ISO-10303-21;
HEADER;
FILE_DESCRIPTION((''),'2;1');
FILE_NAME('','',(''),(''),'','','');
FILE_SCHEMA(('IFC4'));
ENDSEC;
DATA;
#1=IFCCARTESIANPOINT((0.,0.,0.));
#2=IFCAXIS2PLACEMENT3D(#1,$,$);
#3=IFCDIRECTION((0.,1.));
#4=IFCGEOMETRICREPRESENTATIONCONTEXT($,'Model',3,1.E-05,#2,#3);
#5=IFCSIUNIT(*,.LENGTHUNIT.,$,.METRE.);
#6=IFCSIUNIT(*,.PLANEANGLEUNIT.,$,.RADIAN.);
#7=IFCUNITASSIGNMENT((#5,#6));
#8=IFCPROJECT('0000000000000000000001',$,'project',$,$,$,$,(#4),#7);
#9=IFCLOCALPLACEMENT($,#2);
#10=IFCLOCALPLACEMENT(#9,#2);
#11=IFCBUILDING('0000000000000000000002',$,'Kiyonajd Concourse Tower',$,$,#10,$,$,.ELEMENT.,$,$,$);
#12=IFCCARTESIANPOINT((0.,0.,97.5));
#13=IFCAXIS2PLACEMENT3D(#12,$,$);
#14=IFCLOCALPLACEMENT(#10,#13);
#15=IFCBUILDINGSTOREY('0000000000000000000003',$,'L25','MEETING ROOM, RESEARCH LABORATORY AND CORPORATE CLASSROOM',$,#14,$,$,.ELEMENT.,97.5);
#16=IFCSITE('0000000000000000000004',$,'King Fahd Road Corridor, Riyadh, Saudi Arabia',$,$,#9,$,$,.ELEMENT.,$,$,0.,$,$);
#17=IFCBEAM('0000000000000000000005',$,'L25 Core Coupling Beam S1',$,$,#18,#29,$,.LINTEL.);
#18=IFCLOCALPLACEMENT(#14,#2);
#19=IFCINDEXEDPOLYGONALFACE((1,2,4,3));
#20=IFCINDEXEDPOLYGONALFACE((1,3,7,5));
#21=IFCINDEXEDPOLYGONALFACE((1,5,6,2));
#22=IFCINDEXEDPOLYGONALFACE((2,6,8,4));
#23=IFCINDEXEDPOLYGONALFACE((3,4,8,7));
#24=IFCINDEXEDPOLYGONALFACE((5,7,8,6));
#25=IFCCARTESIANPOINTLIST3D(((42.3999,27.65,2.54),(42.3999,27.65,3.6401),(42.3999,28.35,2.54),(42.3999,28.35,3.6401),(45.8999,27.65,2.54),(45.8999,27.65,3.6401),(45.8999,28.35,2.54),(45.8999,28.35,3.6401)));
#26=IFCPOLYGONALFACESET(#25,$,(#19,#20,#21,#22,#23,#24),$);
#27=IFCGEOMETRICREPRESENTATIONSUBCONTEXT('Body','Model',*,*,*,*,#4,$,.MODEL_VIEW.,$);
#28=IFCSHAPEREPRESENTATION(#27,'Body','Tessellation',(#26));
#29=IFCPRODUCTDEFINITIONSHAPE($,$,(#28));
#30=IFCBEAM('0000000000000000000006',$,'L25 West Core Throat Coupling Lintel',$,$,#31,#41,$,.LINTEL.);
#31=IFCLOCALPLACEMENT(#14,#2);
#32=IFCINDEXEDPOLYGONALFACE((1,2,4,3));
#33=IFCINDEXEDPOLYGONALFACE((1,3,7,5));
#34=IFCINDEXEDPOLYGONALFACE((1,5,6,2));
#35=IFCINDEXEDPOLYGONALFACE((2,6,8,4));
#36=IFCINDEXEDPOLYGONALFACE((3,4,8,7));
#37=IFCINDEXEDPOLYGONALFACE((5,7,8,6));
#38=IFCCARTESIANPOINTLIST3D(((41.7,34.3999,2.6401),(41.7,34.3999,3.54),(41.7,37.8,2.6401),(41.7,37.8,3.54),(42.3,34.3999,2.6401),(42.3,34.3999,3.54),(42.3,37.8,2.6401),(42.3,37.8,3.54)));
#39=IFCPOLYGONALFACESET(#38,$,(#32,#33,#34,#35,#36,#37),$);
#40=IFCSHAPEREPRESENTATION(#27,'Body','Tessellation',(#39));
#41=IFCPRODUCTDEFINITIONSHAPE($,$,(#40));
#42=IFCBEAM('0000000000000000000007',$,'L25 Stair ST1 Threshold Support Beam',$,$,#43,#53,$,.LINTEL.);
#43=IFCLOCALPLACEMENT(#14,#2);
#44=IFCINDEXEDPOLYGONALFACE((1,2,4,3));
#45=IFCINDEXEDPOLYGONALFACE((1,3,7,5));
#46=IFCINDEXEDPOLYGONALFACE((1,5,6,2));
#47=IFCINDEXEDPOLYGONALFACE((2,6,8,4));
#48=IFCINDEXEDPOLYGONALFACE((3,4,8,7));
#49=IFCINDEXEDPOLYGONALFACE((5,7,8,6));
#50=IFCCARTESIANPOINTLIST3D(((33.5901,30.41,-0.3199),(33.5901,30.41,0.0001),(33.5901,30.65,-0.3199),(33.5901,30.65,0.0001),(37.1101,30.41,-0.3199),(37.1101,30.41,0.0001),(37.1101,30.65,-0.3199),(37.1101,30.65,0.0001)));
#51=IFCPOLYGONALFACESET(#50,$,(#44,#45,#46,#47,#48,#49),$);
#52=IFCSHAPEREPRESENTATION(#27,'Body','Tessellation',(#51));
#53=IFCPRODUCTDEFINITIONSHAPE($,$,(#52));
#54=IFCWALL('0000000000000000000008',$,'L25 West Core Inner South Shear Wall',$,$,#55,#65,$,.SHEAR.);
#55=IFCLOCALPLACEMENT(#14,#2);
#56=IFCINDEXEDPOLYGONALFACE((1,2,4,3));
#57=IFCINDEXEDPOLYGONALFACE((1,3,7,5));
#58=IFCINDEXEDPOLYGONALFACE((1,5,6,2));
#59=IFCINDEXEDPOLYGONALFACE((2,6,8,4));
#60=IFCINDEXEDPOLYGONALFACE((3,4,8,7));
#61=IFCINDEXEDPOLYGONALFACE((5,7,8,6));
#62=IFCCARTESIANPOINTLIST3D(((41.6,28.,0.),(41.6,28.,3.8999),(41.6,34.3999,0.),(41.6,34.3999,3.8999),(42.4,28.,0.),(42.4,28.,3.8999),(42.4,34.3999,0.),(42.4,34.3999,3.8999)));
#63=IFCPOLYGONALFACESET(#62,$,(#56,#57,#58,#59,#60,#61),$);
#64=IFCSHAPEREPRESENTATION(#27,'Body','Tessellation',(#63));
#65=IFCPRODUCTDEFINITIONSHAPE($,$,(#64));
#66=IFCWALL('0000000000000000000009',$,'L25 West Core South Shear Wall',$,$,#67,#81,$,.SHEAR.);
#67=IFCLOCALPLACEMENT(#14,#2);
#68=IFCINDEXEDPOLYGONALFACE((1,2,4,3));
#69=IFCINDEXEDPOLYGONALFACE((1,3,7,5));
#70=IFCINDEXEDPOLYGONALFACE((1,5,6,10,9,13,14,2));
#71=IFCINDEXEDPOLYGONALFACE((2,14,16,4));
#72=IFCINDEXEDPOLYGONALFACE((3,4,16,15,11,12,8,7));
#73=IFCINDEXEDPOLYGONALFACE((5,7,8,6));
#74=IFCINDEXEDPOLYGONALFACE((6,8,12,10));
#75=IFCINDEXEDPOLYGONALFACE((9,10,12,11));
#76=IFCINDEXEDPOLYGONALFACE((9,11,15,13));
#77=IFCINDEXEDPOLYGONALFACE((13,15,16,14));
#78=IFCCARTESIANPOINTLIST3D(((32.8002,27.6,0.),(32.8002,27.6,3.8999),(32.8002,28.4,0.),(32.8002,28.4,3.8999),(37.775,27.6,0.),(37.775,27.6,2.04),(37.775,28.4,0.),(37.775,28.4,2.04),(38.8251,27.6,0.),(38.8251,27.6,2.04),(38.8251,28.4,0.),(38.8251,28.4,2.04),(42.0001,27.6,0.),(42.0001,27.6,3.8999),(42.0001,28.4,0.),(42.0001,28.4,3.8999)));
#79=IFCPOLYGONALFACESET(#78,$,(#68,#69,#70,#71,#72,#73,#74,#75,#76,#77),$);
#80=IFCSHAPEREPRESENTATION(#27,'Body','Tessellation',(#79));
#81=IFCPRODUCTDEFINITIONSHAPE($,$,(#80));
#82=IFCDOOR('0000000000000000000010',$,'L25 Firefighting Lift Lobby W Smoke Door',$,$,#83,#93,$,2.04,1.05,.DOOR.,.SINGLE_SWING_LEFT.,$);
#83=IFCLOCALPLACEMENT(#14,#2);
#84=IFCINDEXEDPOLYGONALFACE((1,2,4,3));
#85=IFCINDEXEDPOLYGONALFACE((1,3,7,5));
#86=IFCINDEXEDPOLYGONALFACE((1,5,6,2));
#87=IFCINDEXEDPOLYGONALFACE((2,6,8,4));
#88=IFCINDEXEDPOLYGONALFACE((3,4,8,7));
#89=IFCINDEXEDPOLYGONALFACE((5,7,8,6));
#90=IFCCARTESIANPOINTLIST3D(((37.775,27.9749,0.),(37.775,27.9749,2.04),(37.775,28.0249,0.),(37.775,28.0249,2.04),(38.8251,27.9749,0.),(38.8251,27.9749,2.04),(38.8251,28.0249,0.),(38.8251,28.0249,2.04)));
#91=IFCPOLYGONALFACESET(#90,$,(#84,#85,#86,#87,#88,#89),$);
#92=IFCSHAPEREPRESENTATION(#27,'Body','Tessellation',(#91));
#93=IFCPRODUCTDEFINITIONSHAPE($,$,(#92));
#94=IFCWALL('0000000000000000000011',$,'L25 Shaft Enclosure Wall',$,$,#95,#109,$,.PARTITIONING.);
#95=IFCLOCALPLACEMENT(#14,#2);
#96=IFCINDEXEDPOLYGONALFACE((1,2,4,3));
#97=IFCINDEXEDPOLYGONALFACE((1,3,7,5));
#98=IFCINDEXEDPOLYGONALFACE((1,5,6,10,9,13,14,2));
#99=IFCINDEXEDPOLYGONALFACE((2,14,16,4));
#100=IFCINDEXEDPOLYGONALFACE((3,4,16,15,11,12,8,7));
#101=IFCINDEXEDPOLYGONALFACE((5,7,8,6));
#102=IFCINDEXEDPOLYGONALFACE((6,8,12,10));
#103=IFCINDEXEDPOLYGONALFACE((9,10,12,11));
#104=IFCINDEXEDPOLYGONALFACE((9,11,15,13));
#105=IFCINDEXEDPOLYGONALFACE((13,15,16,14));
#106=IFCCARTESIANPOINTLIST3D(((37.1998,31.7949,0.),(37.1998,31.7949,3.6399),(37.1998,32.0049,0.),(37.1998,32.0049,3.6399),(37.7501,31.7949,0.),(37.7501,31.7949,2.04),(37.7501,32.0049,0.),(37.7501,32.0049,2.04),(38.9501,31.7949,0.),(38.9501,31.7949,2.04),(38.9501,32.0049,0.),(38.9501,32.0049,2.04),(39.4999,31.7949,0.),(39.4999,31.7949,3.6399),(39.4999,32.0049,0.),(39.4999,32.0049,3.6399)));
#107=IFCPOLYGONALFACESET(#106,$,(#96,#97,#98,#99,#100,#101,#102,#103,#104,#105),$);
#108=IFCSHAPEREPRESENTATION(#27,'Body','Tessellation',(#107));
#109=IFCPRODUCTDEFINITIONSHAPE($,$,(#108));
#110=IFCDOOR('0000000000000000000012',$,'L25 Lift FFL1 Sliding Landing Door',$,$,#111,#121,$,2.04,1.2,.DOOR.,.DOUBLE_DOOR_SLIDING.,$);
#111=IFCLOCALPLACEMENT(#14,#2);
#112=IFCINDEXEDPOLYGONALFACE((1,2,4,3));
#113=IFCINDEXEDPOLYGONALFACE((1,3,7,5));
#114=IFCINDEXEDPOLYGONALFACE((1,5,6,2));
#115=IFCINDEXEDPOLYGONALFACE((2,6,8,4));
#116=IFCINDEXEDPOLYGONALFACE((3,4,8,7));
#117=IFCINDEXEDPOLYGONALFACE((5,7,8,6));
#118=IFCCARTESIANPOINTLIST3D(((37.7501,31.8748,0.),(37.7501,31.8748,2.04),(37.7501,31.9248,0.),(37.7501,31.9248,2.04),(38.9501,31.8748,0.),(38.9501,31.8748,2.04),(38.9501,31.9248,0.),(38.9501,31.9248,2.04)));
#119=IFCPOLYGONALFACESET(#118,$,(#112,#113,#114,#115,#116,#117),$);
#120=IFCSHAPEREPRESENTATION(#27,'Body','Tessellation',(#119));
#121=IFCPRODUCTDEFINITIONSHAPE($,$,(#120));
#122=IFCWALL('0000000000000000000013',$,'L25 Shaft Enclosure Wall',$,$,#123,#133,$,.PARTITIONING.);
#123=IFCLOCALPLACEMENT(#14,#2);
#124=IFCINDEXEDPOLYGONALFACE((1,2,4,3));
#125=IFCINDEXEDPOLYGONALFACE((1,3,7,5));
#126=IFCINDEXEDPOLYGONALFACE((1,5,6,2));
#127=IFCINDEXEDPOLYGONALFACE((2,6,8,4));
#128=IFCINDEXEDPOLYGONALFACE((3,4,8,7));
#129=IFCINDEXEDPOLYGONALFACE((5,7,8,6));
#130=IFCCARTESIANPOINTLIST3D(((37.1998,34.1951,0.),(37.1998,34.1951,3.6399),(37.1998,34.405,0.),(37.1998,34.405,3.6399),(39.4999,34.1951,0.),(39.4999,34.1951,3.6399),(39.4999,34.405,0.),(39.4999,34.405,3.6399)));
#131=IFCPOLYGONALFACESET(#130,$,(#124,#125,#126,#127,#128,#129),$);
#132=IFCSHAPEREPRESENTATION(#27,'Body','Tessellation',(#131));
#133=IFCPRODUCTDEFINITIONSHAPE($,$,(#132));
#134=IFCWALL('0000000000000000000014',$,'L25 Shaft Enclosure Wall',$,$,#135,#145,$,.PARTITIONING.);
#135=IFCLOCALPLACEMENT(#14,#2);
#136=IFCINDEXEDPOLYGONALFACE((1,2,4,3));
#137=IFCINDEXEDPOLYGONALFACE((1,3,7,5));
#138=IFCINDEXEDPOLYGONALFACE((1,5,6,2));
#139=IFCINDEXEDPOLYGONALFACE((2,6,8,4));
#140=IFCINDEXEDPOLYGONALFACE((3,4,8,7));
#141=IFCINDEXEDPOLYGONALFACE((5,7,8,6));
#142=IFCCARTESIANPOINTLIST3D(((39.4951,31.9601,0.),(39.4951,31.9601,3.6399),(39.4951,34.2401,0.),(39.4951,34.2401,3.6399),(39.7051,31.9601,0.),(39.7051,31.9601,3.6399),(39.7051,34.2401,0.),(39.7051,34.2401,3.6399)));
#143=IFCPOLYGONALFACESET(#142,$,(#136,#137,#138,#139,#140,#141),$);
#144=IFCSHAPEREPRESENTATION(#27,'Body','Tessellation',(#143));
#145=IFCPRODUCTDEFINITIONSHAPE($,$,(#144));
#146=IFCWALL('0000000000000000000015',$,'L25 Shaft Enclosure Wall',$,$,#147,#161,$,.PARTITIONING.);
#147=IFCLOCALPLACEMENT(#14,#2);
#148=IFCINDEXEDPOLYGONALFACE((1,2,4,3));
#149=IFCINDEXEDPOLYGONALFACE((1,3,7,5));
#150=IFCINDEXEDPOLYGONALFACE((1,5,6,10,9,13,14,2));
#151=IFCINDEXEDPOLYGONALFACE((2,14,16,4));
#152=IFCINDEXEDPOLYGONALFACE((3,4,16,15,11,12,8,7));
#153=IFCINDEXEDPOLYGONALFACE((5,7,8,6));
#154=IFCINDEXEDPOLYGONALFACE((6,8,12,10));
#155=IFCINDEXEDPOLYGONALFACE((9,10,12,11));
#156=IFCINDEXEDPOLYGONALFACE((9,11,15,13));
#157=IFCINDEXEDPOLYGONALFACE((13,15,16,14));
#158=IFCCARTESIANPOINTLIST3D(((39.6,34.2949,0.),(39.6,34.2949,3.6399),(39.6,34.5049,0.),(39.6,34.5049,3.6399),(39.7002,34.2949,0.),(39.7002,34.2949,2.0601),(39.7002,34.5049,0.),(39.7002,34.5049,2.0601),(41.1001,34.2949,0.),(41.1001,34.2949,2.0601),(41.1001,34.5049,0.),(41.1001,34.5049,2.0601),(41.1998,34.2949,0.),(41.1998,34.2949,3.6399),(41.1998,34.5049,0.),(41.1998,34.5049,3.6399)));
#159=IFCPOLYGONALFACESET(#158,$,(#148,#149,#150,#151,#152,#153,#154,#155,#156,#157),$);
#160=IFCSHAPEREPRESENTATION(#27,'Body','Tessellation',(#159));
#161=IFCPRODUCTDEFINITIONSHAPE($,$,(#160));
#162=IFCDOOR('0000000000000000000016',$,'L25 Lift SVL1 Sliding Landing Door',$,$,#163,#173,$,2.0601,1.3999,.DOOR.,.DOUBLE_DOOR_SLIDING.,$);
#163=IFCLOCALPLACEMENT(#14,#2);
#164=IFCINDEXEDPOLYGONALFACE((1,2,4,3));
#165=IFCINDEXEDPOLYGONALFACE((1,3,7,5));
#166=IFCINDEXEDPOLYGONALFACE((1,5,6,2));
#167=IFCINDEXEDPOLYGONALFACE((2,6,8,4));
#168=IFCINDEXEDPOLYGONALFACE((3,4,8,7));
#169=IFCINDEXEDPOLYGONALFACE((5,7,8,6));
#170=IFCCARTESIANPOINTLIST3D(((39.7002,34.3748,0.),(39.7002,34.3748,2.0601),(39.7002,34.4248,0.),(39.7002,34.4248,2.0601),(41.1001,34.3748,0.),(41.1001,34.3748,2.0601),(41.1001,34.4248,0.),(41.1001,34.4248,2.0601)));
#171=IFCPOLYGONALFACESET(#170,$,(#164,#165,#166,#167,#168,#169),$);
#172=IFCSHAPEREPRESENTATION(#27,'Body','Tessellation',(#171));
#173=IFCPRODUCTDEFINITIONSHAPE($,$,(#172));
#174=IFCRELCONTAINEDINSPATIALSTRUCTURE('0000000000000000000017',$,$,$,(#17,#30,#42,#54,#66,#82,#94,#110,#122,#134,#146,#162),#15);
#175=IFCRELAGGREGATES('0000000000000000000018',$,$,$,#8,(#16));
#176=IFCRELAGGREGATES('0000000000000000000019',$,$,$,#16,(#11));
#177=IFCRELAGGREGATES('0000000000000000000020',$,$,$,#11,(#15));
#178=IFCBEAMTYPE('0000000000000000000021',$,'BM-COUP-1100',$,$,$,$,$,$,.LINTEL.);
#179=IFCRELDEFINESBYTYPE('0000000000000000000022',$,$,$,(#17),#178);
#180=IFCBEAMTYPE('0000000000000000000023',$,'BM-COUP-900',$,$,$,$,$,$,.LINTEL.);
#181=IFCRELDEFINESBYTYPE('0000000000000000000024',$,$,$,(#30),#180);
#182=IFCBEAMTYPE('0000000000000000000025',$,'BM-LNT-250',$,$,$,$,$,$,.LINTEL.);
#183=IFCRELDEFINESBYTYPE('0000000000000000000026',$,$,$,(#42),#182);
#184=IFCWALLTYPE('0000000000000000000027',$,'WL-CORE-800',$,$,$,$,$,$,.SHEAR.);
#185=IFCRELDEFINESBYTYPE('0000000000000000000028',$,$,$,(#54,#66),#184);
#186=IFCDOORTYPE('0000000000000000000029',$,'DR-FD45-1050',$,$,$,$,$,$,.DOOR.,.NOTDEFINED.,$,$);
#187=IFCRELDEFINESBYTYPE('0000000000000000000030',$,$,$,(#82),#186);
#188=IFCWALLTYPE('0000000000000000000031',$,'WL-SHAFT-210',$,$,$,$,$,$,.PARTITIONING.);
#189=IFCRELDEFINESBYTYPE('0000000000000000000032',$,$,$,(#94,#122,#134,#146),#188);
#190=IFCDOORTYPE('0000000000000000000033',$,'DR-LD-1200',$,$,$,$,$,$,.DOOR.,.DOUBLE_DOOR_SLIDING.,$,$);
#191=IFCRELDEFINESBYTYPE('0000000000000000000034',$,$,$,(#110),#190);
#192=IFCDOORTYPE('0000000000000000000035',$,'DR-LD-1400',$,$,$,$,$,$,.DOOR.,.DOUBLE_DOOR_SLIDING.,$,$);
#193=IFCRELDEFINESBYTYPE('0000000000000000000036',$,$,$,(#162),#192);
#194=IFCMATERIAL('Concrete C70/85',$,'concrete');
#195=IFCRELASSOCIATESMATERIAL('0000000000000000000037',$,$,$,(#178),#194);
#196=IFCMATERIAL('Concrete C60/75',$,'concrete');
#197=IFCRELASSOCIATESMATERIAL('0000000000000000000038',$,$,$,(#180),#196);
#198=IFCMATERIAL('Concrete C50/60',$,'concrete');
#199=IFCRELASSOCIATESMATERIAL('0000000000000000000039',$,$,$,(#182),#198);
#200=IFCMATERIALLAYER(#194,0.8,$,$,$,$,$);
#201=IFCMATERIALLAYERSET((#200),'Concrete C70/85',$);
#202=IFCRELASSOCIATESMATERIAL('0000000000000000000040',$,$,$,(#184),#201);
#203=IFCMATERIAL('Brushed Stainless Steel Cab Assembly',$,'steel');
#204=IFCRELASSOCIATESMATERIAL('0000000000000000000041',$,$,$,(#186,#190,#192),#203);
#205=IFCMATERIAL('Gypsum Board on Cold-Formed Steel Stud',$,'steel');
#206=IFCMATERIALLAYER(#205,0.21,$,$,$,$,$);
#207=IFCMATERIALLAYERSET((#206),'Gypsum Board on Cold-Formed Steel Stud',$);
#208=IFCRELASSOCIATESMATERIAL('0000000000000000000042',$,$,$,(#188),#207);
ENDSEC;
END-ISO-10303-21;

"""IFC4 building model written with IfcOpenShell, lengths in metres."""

from ifc_helpers import new_model, si_unit, direction, frame, frame_2d, origin, origin_2d, place, context, subcontext, project, spatial, rectangle, extrude, material, layer, layer_set, material_profile, profile_set, type_object, element, fill, save


model = new_model("IFC4")

# Units and contexts
model_context = context("Model", 3, precision=1e-05, world=origin(), true_north=direction((0.0, 1.0)))
body_context = subcontext(model_context, "Body", "Model", "MODEL_VIEW")
ifc_project = project(units=[si_unit("LENGTHUNIT", "METRE"), si_unit("PLANEANGLEUNIT", "RADIAN")], contexts=[model_context])

# Site, building, storey
site_placement = place(None, origin())
site = spatial("IfcSite", under=ifc_project, at=site_placement, Name="King Fahd Road Corridor, Riyadh, Saudi Arabia", CompositionType="ELEMENT", RefElevation=0.0)
building_placement = place(site_placement, origin())
building = spatial("IfcBuilding", under=site, at=building_placement, Name="Kiyonajd Concourse Tower", CompositionType="ELEMENT")
storey_placement = place(building_placement, frame((0.0, 0.0, 97.5)))
storey = spatial("IfcBuildingStorey", under=building, at=storey_placement, Name="L25", Description="MEETING ROOM, RESEARCH LABORATORY AND CORPORATE CLASSROOM", CompositionType="ELEMENT", Elevation=97.5)

# Beams
ifc_material_1 = material(Name="Concrete C70/85", Category="concrete")
ifc_material_profile_1 = material_profile(ifc_material_1, rectangle(XDim=0.7, YDim=1.1001, at=origin_2d()), Name="RCBM-700x1100")
ifc_profile_set_1 = profile_set([ifc_material_profile_1], Name="Concrete C70/85")
beam_type_1 = type_object("IfcBeamType", Name="BM-COUP-1100", PredefinedType="LINTEL", material=ifc_profile_set_1)
beam_1_placement = place(storey_placement, frame((42.3999, 28.0, 3.0901), z_axis=(1.0, 0.0, 0.0), x_axis=(0.0, 1.0, 0.0)))
element("IfcBeam", 1, at=beam_1_placement, inside=storey, type_object=beam_type_1, Name="L25 Core Coupling Beam S1", PredefinedType="LINTEL", context=body_context, shape_type="SweptSolid", body=[
    extrude(rectangle(XDim=0.7, YDim=1.1001, at=origin_2d()), origin(), (0.0, 0.0, 1.0), 3.5),
])
ifc_material_2 = material(Name="Concrete C60/75", Category="concrete")
ifc_material_profile_2 = material_profile(ifc_material_2, rectangle(XDim=0.6001, YDim=0.8999, at=origin_2d()), Name="RCBM-600x900")
ifc_profile_set_2 = profile_set([ifc_material_profile_2], Name="Concrete C60/75")
beam_type_2 = type_object("IfcBeamType", Name="BM-COUP-900", PredefinedType="LINTEL", material=ifc_profile_set_2)
beam_2_placement = place(storey_placement, frame((42.0, 34.3999, 3.0901), z_axis=(0.0, 1.0, 0.0), x_axis=(-1.0, 0.0, 0.0)))
element("IfcBeam", 2, at=beam_2_placement, inside=storey, type_object=beam_type_2, Name="L25 West Core Throat Coupling Lintel", PredefinedType="LINTEL", context=body_context, shape_type="SweptSolid", body=[
    extrude(rectangle(XDim=0.6001, YDim=0.8999, at=origin_2d()), origin(), (0.0, 0.0, 1.0), 3.4001),
])
ifc_material_3 = material(Name="Concrete C50/60", Category="concrete")
ifc_material_profile_3 = material_profile(ifc_material_3, rectangle(XDim=0.24, YDim=0.3201, at=origin_2d()), Name="RCBM-240x320")
ifc_profile_set_3 = profile_set([ifc_material_profile_3], Name="Concrete C50/60")
beam_type_3 = type_object("IfcBeamType", Name="BM-LNT-250", PredefinedType="LINTEL", material=ifc_profile_set_3)
beam_3_placement = place(storey_placement, frame((33.5901, 30.53, -0.1599), z_axis=(1.0, 0.0, 0.0), x_axis=(0.0, 1.0, 0.0)))
element("IfcBeam", 3, at=beam_3_placement, inside=storey, type_object=beam_type_3, Name="L25 Stair ST1 Threshold Support Beam", PredefinedType="LINTEL", context=body_context, shape_type="SweptSolid", body=[
    extrude(rectangle(XDim=0.24, YDim=0.3201, at=origin_2d()), origin(), (0.0, 0.0, 1.0), 3.52),
])

# Wall
ifc_layer_1 = layer(ifc_material_1, 0.8)
ifc_layer_set_1 = layer_set([ifc_layer_1], Name="Concrete C70/85")
wall_type_1 = type_object("IfcWallType", Name="WL-CORE-800", PredefinedType="SHEAR", material=ifc_layer_set_1)
wall_1_placement = place(storey_placement, frame((42.0, 28.0, 0.0), z_axis=(0.0, 0.0, 1.0), x_axis=(0.0, 1.0, 0.0)))
element("IfcWall", 4, at=wall_1_placement, inside=storey, type_object=wall_type_1, Name="L25 West Core Inner South Shear Wall", PredefinedType="SHEAR", context=body_context, shape_type="SweptSolid", body=[
    extrude(rectangle(XDim=6.3999, YDim=0.8, at=frame_2d((3.2, 0.0))), origin(), (0.0, 0.0, 1.0), 3.8999),
])

# Walls, openings, doors
wall_2_placement = place(storey_placement, frame((32.8, 28.0, 0.0), z_axis=(0.0, 0.0, 1.0), x_axis=(1.0, 0.0, 0.0)))
wall_2 = element("IfcWall", 5, at=wall_2_placement, inside=storey, type_object=wall_type_1, Name="L25 West Core South Shear Wall", PredefinedType="SHEAR", context=body_context, shape_type="SweptSolid", body=[
    extrude(rectangle(XDim=9.2, YDim=0.8, at=frame_2d((4.6001, 0.0))), origin(), (0.0, 0.0, 1.0), 3.8999),
])
opening_1_placement = place(wall_2_placement, frame((4.9751, 0.0, 0.0)))
opening_1 = element("IfcOpeningElement", 6, at=opening_1_placement, cuts=wall_2, PredefinedType="OPENING", context=body_context, shape_type="SweptSolid", body=[
    extrude(rectangle(XDim=1.05, YDim=2.04, at=frame_2d((0.5249, 1.02))), frame((0.0, 0.4099, 0.0), z_axis=(0.0, -1.0, 0.0), x_axis=(1.0, 0.0, 0.0)), (0.0, 0.0, 1.0), 0.8201),
])
ifc_material_4 = material(Name="Brushed Stainless Steel Cab Assembly", Category="steel")
door_type_1 = type_object("IfcDoorType", Name="DR-FD45-1050", OperationType="NOTDEFINED", PredefinedType="DOOR", material=ifc_material_4)
door_1_placement = place(opening_1_placement, origin())
door_1 = element("IfcDoor", 7, at=door_1_placement, inside=storey, type_object=door_type_1, Name="L25 Firefighting Lift Lobby W Smoke Door", OperationType="SINGLE_SWING_LEFT", OverallHeight=2.04, OverallWidth=1.05, PredefinedType="DOOR", context=body_context, shape_type="SweptSolid", body=[
    extrude(rectangle(XDim=1.05, YDim=2.04, at=frame_2d((0.5249, 1.02))), frame((0.0, 0.0249, 0.0), z_axis=(0.0, -1.0, 0.0), x_axis=(1.0, 0.0, 0.0)), (0.0, 0.0, 1.0), 0.05),
])
fill(opening_1, door_1)
ifc_material_5 = material(Name="Gypsum Board on Cold-Formed Steel Stud", Category="steel")
ifc_layer_2 = layer(ifc_material_5, 0.21)
ifc_layer_set_2 = layer_set([ifc_layer_2], Name="Gypsum Board on Cold-Formed Steel Stud")
wall_type_2 = type_object("IfcWallType", Name="WL-SHAFT-210", PredefinedType="PARTITIONING", material=ifc_layer_set_2)
wall_3_placement = place(storey_placement, frame((37.2, 31.8999, 0.0), z_axis=(0.0, 0.0, 1.0), x_axis=(1.0, 0.0, 0.0)))
wall_3 = element("IfcWall", 8, at=wall_3_placement, inside=storey, type_object=wall_type_2, Name="L25 Shaft Enclosure Wall", PredefinedType="PARTITIONING", context=body_context, shape_type="SweptSolid", body=[
    extrude(rectangle(XDim=2.3, YDim=0.21, at=frame_2d((1.1499, 0.0))), origin(), (0.0, 0.0, 1.0), 3.6399),
])
opening_2_placement = place(wall_3_placement, frame((0.55, 0.0, 0.0)))
opening_2 = element("IfcOpeningElement", 9, at=opening_2_placement, cuts=wall_3, PredefinedType="OPENING", context=body_context, shape_type="SweptSolid", body=[
    extrude(rectangle(XDim=1.2, YDim=2.04, at=frame_2d((0.6001, 1.02))), frame((0.0, 0.115, 0.0), z_axis=(0.0, -1.0, 0.0), x_axis=(1.0, 0.0, 0.0)), (0.0, 0.0, 1.0), 0.23),
])
door_type_2 = type_object("IfcDoorType", Name="DR-LD-1200", OperationType="DOUBLE_DOOR_SLIDING", PredefinedType="DOOR", material=ifc_material_4)
door_2_placement = place(opening_2_placement, origin())
door_2 = element("IfcDoor", 10, at=door_2_placement, inside=storey, type_object=door_type_2, Name="L25 Lift FFL1 Sliding Landing Door", OperationType="DOUBLE_DOOR_SLIDING", OverallHeight=2.04, OverallWidth=1.2, PredefinedType="DOOR", context=body_context, shape_type="SweptSolid", body=[
    extrude(rectangle(XDim=1.2, YDim=2.04, at=frame_2d((0.6001, 1.02))), frame((0.0, 0.0249, 0.0), z_axis=(0.0, -1.0, 0.0), x_axis=(1.0, 0.0, 0.0)), (0.0, 0.0, 1.0), 0.05),
])
fill(opening_2, door_2)

# Walls
wall_4_placement = place(storey_placement, frame((37.2, 34.3, 0.0), z_axis=(0.0, 0.0, 1.0), x_axis=(1.0, 0.0, 0.0)))
element("IfcWall", 11, at=wall_4_placement, inside=storey, type_object=wall_type_2, Name="L25 Shaft Enclosure Wall", PredefinedType="PARTITIONING", context=body_context, shape_type="SweptSolid", body=[
    extrude(rectangle(XDim=2.3, YDim=0.21, at=frame_2d((1.1499, 0.0))), origin(), (0.0, 0.0, 1.0), 3.6399),
])
wall_5_placement = place(storey_placement, frame((39.6001, 31.96, 0.0), z_axis=(0.0, 0.0, 1.0), x_axis=(0.0, 1.0, 0.0)))
element("IfcWall", 12, at=wall_5_placement, inside=storey, type_object=wall_type_2, Name="L25 Shaft Enclosure Wall", PredefinedType="PARTITIONING", context=body_context, shape_type="SweptSolid", body=[
    extrude(rectangle(XDim=2.28, YDim=0.21, at=frame_2d((1.1401, 0.0))), origin(), (0.0, 0.0, 1.0), 3.6399),
])

# Wall, opening, door
wall_6_placement = place(storey_placement, frame((39.6001, 34.3999, 0.0), z_axis=(0.0, 0.0, 1.0), x_axis=(1.0, 0.0, 0.0)))
wall_6 = element("IfcWall", 13, at=wall_6_placement, inside=storey, type_object=wall_type_2, Name="L25 Shaft Enclosure Wall", PredefinedType="PARTITIONING", context=body_context, shape_type="SweptSolid", body=[
    extrude(rectangle(XDim=1.5999, YDim=0.21, at=frame_2d((0.7998, 0.0))), origin(), (0.0, 0.0, 1.0), 3.6399),
])
opening_3_placement = place(wall_6_placement, frame((0.1001, 0.0, 0.0)))
opening_3 = element("IfcOpeningElement", 14, at=opening_3_placement, cuts=wall_6, PredefinedType="OPENING", context=body_context, shape_type="SweptSolid", body=[
    extrude(rectangle(XDim=1.3999, YDim=2.0601, at=frame_2d((0.7, 1.03))), frame((0.0, 0.115, 0.0), z_axis=(0.0, -1.0, 0.0), x_axis=(1.0, 0.0, 0.0)), (0.0, 0.0, 1.0), 0.23),
])
door_type_3 = type_object("IfcDoorType", Name="DR-LD-1400", OperationType="DOUBLE_DOOR_SLIDING", PredefinedType="DOOR", material=ifc_material_4)
door_3_placement = place(opening_3_placement, origin())
door_3 = element("IfcDoor", 15, at=door_3_placement, inside=storey, type_object=door_type_3, Name="L25 Lift SVL1 Sliding Landing Door", OperationType="DOUBLE_DOOR_SLIDING", OverallHeight=2.0601, OverallWidth=1.3999, PredefinedType="DOOR", context=body_context, shape_type="SweptSolid", body=[
    extrude(rectangle(XDim=1.3999, YDim=2.0601, at=frame_2d((0.7, 1.03))), frame((0.0, 0.0249, 0.0), z_axis=(0.0, -1.0, 0.0), x_axis=(1.0, 0.0, 0.0)), (0.0, 0.0, 1.0), 0.05),
])
fill(opening_3, door_3)

save(model, "model.ifc")
